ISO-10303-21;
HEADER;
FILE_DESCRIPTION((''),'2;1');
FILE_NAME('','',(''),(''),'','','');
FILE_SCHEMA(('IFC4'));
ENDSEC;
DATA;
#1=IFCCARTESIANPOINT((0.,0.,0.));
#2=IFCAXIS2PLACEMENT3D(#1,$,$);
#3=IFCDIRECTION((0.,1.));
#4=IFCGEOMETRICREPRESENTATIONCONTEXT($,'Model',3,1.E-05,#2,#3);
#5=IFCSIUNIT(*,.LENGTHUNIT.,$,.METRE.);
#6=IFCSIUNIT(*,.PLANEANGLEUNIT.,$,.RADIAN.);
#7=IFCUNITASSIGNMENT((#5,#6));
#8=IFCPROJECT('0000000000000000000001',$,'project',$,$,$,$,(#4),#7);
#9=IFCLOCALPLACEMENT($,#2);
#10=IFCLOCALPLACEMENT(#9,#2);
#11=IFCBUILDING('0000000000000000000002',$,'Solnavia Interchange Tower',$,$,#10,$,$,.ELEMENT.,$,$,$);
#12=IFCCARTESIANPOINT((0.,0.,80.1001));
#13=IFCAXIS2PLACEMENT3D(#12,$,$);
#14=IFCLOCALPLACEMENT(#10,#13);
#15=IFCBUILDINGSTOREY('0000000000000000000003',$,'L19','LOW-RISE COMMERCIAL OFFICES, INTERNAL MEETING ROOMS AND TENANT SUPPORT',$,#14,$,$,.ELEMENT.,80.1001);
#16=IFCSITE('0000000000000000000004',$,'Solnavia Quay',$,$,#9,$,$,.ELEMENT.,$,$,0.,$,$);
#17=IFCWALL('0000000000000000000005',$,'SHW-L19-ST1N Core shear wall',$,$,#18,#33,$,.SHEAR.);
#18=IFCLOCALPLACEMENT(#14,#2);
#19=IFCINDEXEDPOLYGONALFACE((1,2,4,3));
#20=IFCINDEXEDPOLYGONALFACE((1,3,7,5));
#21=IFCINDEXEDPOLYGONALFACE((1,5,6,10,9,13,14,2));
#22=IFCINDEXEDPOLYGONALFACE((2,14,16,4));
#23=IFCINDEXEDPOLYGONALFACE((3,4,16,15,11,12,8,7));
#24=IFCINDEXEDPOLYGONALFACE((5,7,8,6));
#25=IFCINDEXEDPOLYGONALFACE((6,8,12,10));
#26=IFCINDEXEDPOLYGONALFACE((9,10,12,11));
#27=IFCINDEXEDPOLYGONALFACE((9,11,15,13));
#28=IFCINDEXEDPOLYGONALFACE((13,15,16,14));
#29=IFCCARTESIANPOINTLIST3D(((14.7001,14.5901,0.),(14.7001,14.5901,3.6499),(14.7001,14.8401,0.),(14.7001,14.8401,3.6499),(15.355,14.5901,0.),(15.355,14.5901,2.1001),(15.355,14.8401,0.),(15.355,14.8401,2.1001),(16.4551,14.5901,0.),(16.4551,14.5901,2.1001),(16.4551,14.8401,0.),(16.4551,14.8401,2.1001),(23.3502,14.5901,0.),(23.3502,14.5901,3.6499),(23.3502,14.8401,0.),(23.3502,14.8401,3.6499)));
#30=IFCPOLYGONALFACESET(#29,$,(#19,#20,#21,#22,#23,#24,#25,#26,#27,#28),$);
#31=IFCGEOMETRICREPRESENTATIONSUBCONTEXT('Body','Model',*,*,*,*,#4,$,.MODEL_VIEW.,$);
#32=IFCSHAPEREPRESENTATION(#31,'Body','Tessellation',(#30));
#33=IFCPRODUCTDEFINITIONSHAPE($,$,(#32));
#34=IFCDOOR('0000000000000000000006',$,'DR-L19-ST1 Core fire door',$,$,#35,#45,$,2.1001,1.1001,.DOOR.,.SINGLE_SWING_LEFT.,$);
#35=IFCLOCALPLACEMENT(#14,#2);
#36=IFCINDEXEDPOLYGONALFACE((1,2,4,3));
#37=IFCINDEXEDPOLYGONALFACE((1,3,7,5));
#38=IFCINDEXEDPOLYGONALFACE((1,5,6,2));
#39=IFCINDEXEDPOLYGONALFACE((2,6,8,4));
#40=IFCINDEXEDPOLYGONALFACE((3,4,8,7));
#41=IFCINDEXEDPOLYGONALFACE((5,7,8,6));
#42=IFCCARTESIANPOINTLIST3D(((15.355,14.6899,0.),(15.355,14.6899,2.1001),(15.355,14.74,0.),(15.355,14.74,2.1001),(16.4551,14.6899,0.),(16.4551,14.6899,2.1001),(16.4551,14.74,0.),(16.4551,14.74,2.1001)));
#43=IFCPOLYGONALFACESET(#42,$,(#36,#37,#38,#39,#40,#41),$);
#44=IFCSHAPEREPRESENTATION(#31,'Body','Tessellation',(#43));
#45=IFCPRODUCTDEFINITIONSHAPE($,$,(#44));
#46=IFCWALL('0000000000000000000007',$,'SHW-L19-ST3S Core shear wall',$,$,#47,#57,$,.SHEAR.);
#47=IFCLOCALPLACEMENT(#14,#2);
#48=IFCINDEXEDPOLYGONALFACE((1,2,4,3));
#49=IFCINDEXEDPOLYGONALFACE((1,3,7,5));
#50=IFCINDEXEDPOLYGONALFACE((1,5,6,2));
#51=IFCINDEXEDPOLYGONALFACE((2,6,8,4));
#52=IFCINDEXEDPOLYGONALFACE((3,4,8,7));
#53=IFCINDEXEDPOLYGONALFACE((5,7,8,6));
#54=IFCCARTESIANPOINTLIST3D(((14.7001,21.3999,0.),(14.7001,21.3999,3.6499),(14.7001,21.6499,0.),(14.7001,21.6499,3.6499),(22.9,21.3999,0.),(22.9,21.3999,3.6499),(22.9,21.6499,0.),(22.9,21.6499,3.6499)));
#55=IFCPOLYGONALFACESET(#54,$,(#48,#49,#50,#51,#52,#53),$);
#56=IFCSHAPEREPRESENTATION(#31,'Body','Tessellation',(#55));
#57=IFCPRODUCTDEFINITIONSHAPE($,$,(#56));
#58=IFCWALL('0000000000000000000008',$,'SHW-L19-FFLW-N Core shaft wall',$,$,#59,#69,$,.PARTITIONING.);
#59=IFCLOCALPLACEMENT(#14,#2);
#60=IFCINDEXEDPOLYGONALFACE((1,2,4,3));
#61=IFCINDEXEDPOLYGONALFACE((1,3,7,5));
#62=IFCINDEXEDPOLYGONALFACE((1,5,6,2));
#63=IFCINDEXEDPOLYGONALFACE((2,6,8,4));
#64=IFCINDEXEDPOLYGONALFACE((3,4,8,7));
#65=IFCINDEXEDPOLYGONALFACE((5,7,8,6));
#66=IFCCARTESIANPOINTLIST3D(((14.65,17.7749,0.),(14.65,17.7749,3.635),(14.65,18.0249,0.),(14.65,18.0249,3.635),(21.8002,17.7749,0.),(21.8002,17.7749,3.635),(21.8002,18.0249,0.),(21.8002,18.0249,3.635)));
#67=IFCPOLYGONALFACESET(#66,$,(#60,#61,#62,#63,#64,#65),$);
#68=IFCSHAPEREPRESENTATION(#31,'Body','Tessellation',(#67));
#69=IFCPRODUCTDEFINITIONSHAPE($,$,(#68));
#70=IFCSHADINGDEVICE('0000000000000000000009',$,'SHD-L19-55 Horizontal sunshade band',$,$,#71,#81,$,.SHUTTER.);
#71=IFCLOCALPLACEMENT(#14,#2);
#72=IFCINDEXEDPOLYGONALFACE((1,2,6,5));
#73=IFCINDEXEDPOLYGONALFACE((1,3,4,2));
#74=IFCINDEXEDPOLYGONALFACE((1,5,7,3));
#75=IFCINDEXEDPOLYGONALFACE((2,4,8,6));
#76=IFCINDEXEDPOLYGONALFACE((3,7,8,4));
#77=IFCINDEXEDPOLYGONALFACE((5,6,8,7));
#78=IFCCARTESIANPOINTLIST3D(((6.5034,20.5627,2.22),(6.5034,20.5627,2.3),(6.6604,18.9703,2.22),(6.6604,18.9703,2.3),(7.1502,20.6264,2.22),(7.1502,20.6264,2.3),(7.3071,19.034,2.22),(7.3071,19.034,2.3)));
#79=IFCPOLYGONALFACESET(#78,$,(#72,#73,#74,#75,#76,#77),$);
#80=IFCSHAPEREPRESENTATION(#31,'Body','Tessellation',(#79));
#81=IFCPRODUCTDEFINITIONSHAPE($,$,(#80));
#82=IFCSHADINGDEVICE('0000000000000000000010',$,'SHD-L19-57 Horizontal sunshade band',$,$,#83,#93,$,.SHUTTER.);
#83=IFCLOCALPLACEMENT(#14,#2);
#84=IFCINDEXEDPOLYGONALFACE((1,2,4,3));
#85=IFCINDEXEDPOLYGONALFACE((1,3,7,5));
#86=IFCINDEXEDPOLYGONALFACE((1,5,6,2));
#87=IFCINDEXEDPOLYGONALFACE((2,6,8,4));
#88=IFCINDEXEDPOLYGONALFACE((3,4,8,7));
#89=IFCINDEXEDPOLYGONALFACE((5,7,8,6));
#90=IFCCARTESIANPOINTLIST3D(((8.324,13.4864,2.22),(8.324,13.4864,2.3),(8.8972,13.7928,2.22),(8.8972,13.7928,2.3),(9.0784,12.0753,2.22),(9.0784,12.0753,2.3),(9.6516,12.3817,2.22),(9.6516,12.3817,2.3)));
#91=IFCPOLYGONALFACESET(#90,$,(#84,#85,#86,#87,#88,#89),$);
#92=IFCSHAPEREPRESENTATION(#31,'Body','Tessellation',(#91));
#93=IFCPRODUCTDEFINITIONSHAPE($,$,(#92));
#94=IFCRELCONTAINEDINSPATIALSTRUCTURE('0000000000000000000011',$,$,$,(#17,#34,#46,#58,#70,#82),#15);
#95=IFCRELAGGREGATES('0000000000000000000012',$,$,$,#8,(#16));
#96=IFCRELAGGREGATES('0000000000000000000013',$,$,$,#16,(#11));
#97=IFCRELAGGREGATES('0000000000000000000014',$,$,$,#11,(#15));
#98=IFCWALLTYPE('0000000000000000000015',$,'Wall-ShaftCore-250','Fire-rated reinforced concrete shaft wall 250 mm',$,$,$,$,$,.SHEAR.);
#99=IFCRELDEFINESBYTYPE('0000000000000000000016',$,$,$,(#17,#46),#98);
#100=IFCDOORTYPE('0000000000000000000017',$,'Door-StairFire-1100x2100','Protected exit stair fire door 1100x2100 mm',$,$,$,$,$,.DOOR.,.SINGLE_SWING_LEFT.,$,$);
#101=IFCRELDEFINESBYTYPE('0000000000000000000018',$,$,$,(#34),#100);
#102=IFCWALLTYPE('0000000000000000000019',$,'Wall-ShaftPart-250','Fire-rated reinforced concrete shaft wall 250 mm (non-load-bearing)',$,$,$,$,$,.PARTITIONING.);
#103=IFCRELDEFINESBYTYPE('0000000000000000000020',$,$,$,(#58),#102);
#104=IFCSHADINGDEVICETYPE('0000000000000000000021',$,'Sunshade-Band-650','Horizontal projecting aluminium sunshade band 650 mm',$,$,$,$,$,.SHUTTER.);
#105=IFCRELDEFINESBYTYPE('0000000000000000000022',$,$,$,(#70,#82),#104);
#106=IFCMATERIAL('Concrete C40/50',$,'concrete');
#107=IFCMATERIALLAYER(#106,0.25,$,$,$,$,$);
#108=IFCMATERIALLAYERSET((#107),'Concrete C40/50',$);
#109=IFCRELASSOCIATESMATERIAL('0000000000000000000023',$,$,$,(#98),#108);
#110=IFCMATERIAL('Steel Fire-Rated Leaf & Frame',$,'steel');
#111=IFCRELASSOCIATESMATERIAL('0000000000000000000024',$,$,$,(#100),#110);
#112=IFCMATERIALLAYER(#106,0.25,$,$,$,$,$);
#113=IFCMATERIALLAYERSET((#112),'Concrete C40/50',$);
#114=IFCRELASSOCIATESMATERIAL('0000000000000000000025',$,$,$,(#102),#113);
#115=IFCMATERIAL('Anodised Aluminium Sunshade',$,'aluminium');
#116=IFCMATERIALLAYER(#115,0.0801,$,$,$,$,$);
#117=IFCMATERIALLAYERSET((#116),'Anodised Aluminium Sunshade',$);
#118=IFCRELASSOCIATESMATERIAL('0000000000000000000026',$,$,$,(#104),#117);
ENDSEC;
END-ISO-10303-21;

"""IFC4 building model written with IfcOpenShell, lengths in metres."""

from ifc_helpers import new_model, si_unit, direction, frame, frame_2d, origin, origin_2d, place, context, subcontext, project, spatial, rectangle, extrude, material, layer, layer_set, type_object, element, fill, save


model = new_model("IFC4")

# Units and contexts
model_context = context("Model", 3, precision=1e-05, world=origin(), true_north=direction((0.0, 1.0)))
body_context = subcontext(model_context, "Body", "Model", "MODEL_VIEW")
ifc_project = project(units=[si_unit("LENGTHUNIT", "METRE"), si_unit("PLANEANGLEUNIT", "RADIAN")], contexts=[model_context])

# Site, building, storey
site_placement = place(None, origin())
site = spatial("IfcSite", under=ifc_project, at=site_placement, Name="Solnavia Quay", CompositionType="ELEMENT", RefElevation=0.0)
building_placement = place(site_placement, origin())
building = spatial("IfcBuilding", under=site, at=building_placement, Name="Solnavia Interchange Tower", CompositionType="ELEMENT")
storey_placement = place(building_placement, frame((0.0, 0.0, 80.1001)))
storey = spatial("IfcBuildingStorey", under=building, at=storey_placement, Name="L19", Description="LOW-RISE COMMERCIAL OFFICES, INTERNAL MEETING ROOMS AND TENANT SUPPORT", CompositionType="ELEMENT", Elevation=80.1001)

# Shared definitions
ifc_material_1 = material(Name="Concrete C40/50", Category="concrete")

# Shared definitions
ifc_layer_1 = layer(ifc_material_1, 0.25)
ifc_layer_set_1 = layer_set([ifc_layer_1], Name="Concrete C40/50")
wall_type_1 = type_object("IfcWallType", Name="Wall-ShaftCore-250", Description="Fire-rated reinforced concrete shaft wall 250 mm", PredefinedType="SHEAR", material=ifc_layer_set_1)

# Wall, opening, door
wall_1_placement = place(storey_placement, frame((14.7, 14.7151, 0.0), z_axis=(0.0, 0.0, 1.0), x_axis=(1.0, 0.0, 0.0)))
wall_1 = element("IfcWall", 1, at=wall_1_placement, inside=storey, type_object=wall_type_1, Name="SHW-L19-ST1N Core shear wall", PredefinedType="SHEAR", context=body_context, shape_type="SweptSolid", body=[
    extrude(rectangle(XDim=8.6501, YDim=0.25, at=frame_2d((4.3252, 0.0))), origin(), (0.0, 0.0, 1.0), 3.6499),
])
opening_1_placement = place(wall_1_placement, frame((0.655, 0.0, 0.0)))
opening_1 = element("IfcOpeningElement", 2, at=opening_1_placement, cuts=wall_1, PredefinedType="OPENING", context=body_context, shape_type="SweptSolid", body=[
    extrude(rectangle(XDim=1.1001, YDim=2.1001, at=frame_2d((0.55, 1.05))), frame((0.0, 0.135, 0.0), z_axis=(0.0, -1.0, 0.0), x_axis=(1.0, 0.0, 0.0)), (0.0, 0.0, 1.0), 0.27),
])
ifc_material_2 = material(Name="Steel Fire-Rated Leaf & Frame", Category="steel")
door_type = type_object("IfcDoorType", Name="Door-StairFire-1100x2100", Description="Protected exit stair fire door 1100x2100 mm", OperationType="SINGLE_SWING_LEFT", PredefinedType="DOOR", material=ifc_material_2)
door_placement = place(opening_1_placement, origin())
door = element("IfcDoor", 3, at=door_placement, inside=storey, type_object=door_type, Name="DR-L19-ST1 Core fire door", OperationType="SINGLE_SWING_LEFT", OverallHeight=2.1001, OverallWidth=1.1001, PredefinedType="DOOR", context=body_context, shape_type="SweptSolid", body=[
    extrude(rectangle(XDim=1.1001, YDim=2.1001, at=frame_2d((0.55, 1.05))), frame((0.0, 0.0249, 0.0), z_axis=(0.0, -1.0, 0.0), x_axis=(1.0, 0.0, 0.0)), (0.0, 0.0, 1.0), 0.05),
])
fill(opening_1, door)

# Walls
wall_2_placement = place(storey_placement, frame((14.7, 21.5249, 0.0), z_axis=(0.0, 0.0, 1.0), x_axis=(1.0, 0.0, 0.0)))
element("IfcWall", 4, at=wall_2_placement, inside=storey, type_object=wall_type_1, Name="SHW-L19-ST3S Core shear wall", PredefinedType="SHEAR", context=body_context, shape_type="SweptSolid", body=[
    extrude(rectangle(XDim=8.2, YDim=0.25, at=frame_2d((4.1001, 0.0))), origin(), (0.0, 0.0, 1.0), 3.6499),
])
ifc_layer_2 = layer(ifc_material_1, 0.25)
ifc_layer_set_2 = layer_set([ifc_layer_2], Name="Concrete C40/50")
wall_type_2 = type_object("IfcWallType", Name="Wall-ShaftPart-250", Description="Fire-rated reinforced concrete shaft wall 250 mm (non-load-bearing)", PredefinedType="PARTITIONING", material=ifc_layer_set_2)
wall_3_placement = place(storey_placement, frame((14.6499, 17.8999, 0.0), z_axis=(0.0, 0.0, 1.0), x_axis=(1.0, 0.0, 0.0)))
element("IfcWall", 5, at=wall_3_placement, inside=storey, type_object=wall_type_2, Name="SHW-L19-FFLW-N Core shaft wall", PredefinedType="PARTITIONING", context=body_context, shape_type="SweptSolid", body=[
    extrude(rectangle(XDim=7.1501, YDim=0.25, at=frame_2d((3.5752, 0.0))), origin(), (0.0, 0.0, 1.0), 3.635),
])

# Shading devices
ifc_material_3 = material(Name="Anodised Aluminium Sunshade", Category="aluminium")
ifc_layer_3 = layer(ifc_material_3, 0.0801)
ifc_layer_set_3 = layer_set([ifc_layer_3], Name="Anodised Aluminium Sunshade")
shading_device_type = type_object("IfcShadingDeviceType", Name="Sunshade-Band-650", Description="Horizontal projecting aluminium sunshade band 650 mm", PredefinedType="SHUTTER", material=ifc_layer_set_3)
for number, where, z_axis, x_axis, name in (
    (6, (6.9053, 19.7983, 2.22), (0.0, 0.0, 1.0), (-0.098104, 0.995176, 0.0), "SHD-L19-55 Horizontal sunshade band"),
    (7, (8.9878, 12.9341, 2.22), (0.0, 0.0, 1.0), (-0.471474, 0.88188, 0.0), "SHD-L19-57 Horizontal sunshade band"),
):
    element("IfcShadingDevice", number, at=place(storey_placement, frame(where, z_axis=z_axis, x_axis=x_axis)), inside=storey, type_object=shading_device_type, Name=name, PredefinedType="SHUTTER", context=body_context, shape_type="SweptSolid", body=[
        extrude(rectangle(XDim=1.6001, YDim=0.6499, at=origin_2d()), origin(), (0.0, 0.0, 1.0), 0.0801),
    ])

save(model, "model.ifc")
